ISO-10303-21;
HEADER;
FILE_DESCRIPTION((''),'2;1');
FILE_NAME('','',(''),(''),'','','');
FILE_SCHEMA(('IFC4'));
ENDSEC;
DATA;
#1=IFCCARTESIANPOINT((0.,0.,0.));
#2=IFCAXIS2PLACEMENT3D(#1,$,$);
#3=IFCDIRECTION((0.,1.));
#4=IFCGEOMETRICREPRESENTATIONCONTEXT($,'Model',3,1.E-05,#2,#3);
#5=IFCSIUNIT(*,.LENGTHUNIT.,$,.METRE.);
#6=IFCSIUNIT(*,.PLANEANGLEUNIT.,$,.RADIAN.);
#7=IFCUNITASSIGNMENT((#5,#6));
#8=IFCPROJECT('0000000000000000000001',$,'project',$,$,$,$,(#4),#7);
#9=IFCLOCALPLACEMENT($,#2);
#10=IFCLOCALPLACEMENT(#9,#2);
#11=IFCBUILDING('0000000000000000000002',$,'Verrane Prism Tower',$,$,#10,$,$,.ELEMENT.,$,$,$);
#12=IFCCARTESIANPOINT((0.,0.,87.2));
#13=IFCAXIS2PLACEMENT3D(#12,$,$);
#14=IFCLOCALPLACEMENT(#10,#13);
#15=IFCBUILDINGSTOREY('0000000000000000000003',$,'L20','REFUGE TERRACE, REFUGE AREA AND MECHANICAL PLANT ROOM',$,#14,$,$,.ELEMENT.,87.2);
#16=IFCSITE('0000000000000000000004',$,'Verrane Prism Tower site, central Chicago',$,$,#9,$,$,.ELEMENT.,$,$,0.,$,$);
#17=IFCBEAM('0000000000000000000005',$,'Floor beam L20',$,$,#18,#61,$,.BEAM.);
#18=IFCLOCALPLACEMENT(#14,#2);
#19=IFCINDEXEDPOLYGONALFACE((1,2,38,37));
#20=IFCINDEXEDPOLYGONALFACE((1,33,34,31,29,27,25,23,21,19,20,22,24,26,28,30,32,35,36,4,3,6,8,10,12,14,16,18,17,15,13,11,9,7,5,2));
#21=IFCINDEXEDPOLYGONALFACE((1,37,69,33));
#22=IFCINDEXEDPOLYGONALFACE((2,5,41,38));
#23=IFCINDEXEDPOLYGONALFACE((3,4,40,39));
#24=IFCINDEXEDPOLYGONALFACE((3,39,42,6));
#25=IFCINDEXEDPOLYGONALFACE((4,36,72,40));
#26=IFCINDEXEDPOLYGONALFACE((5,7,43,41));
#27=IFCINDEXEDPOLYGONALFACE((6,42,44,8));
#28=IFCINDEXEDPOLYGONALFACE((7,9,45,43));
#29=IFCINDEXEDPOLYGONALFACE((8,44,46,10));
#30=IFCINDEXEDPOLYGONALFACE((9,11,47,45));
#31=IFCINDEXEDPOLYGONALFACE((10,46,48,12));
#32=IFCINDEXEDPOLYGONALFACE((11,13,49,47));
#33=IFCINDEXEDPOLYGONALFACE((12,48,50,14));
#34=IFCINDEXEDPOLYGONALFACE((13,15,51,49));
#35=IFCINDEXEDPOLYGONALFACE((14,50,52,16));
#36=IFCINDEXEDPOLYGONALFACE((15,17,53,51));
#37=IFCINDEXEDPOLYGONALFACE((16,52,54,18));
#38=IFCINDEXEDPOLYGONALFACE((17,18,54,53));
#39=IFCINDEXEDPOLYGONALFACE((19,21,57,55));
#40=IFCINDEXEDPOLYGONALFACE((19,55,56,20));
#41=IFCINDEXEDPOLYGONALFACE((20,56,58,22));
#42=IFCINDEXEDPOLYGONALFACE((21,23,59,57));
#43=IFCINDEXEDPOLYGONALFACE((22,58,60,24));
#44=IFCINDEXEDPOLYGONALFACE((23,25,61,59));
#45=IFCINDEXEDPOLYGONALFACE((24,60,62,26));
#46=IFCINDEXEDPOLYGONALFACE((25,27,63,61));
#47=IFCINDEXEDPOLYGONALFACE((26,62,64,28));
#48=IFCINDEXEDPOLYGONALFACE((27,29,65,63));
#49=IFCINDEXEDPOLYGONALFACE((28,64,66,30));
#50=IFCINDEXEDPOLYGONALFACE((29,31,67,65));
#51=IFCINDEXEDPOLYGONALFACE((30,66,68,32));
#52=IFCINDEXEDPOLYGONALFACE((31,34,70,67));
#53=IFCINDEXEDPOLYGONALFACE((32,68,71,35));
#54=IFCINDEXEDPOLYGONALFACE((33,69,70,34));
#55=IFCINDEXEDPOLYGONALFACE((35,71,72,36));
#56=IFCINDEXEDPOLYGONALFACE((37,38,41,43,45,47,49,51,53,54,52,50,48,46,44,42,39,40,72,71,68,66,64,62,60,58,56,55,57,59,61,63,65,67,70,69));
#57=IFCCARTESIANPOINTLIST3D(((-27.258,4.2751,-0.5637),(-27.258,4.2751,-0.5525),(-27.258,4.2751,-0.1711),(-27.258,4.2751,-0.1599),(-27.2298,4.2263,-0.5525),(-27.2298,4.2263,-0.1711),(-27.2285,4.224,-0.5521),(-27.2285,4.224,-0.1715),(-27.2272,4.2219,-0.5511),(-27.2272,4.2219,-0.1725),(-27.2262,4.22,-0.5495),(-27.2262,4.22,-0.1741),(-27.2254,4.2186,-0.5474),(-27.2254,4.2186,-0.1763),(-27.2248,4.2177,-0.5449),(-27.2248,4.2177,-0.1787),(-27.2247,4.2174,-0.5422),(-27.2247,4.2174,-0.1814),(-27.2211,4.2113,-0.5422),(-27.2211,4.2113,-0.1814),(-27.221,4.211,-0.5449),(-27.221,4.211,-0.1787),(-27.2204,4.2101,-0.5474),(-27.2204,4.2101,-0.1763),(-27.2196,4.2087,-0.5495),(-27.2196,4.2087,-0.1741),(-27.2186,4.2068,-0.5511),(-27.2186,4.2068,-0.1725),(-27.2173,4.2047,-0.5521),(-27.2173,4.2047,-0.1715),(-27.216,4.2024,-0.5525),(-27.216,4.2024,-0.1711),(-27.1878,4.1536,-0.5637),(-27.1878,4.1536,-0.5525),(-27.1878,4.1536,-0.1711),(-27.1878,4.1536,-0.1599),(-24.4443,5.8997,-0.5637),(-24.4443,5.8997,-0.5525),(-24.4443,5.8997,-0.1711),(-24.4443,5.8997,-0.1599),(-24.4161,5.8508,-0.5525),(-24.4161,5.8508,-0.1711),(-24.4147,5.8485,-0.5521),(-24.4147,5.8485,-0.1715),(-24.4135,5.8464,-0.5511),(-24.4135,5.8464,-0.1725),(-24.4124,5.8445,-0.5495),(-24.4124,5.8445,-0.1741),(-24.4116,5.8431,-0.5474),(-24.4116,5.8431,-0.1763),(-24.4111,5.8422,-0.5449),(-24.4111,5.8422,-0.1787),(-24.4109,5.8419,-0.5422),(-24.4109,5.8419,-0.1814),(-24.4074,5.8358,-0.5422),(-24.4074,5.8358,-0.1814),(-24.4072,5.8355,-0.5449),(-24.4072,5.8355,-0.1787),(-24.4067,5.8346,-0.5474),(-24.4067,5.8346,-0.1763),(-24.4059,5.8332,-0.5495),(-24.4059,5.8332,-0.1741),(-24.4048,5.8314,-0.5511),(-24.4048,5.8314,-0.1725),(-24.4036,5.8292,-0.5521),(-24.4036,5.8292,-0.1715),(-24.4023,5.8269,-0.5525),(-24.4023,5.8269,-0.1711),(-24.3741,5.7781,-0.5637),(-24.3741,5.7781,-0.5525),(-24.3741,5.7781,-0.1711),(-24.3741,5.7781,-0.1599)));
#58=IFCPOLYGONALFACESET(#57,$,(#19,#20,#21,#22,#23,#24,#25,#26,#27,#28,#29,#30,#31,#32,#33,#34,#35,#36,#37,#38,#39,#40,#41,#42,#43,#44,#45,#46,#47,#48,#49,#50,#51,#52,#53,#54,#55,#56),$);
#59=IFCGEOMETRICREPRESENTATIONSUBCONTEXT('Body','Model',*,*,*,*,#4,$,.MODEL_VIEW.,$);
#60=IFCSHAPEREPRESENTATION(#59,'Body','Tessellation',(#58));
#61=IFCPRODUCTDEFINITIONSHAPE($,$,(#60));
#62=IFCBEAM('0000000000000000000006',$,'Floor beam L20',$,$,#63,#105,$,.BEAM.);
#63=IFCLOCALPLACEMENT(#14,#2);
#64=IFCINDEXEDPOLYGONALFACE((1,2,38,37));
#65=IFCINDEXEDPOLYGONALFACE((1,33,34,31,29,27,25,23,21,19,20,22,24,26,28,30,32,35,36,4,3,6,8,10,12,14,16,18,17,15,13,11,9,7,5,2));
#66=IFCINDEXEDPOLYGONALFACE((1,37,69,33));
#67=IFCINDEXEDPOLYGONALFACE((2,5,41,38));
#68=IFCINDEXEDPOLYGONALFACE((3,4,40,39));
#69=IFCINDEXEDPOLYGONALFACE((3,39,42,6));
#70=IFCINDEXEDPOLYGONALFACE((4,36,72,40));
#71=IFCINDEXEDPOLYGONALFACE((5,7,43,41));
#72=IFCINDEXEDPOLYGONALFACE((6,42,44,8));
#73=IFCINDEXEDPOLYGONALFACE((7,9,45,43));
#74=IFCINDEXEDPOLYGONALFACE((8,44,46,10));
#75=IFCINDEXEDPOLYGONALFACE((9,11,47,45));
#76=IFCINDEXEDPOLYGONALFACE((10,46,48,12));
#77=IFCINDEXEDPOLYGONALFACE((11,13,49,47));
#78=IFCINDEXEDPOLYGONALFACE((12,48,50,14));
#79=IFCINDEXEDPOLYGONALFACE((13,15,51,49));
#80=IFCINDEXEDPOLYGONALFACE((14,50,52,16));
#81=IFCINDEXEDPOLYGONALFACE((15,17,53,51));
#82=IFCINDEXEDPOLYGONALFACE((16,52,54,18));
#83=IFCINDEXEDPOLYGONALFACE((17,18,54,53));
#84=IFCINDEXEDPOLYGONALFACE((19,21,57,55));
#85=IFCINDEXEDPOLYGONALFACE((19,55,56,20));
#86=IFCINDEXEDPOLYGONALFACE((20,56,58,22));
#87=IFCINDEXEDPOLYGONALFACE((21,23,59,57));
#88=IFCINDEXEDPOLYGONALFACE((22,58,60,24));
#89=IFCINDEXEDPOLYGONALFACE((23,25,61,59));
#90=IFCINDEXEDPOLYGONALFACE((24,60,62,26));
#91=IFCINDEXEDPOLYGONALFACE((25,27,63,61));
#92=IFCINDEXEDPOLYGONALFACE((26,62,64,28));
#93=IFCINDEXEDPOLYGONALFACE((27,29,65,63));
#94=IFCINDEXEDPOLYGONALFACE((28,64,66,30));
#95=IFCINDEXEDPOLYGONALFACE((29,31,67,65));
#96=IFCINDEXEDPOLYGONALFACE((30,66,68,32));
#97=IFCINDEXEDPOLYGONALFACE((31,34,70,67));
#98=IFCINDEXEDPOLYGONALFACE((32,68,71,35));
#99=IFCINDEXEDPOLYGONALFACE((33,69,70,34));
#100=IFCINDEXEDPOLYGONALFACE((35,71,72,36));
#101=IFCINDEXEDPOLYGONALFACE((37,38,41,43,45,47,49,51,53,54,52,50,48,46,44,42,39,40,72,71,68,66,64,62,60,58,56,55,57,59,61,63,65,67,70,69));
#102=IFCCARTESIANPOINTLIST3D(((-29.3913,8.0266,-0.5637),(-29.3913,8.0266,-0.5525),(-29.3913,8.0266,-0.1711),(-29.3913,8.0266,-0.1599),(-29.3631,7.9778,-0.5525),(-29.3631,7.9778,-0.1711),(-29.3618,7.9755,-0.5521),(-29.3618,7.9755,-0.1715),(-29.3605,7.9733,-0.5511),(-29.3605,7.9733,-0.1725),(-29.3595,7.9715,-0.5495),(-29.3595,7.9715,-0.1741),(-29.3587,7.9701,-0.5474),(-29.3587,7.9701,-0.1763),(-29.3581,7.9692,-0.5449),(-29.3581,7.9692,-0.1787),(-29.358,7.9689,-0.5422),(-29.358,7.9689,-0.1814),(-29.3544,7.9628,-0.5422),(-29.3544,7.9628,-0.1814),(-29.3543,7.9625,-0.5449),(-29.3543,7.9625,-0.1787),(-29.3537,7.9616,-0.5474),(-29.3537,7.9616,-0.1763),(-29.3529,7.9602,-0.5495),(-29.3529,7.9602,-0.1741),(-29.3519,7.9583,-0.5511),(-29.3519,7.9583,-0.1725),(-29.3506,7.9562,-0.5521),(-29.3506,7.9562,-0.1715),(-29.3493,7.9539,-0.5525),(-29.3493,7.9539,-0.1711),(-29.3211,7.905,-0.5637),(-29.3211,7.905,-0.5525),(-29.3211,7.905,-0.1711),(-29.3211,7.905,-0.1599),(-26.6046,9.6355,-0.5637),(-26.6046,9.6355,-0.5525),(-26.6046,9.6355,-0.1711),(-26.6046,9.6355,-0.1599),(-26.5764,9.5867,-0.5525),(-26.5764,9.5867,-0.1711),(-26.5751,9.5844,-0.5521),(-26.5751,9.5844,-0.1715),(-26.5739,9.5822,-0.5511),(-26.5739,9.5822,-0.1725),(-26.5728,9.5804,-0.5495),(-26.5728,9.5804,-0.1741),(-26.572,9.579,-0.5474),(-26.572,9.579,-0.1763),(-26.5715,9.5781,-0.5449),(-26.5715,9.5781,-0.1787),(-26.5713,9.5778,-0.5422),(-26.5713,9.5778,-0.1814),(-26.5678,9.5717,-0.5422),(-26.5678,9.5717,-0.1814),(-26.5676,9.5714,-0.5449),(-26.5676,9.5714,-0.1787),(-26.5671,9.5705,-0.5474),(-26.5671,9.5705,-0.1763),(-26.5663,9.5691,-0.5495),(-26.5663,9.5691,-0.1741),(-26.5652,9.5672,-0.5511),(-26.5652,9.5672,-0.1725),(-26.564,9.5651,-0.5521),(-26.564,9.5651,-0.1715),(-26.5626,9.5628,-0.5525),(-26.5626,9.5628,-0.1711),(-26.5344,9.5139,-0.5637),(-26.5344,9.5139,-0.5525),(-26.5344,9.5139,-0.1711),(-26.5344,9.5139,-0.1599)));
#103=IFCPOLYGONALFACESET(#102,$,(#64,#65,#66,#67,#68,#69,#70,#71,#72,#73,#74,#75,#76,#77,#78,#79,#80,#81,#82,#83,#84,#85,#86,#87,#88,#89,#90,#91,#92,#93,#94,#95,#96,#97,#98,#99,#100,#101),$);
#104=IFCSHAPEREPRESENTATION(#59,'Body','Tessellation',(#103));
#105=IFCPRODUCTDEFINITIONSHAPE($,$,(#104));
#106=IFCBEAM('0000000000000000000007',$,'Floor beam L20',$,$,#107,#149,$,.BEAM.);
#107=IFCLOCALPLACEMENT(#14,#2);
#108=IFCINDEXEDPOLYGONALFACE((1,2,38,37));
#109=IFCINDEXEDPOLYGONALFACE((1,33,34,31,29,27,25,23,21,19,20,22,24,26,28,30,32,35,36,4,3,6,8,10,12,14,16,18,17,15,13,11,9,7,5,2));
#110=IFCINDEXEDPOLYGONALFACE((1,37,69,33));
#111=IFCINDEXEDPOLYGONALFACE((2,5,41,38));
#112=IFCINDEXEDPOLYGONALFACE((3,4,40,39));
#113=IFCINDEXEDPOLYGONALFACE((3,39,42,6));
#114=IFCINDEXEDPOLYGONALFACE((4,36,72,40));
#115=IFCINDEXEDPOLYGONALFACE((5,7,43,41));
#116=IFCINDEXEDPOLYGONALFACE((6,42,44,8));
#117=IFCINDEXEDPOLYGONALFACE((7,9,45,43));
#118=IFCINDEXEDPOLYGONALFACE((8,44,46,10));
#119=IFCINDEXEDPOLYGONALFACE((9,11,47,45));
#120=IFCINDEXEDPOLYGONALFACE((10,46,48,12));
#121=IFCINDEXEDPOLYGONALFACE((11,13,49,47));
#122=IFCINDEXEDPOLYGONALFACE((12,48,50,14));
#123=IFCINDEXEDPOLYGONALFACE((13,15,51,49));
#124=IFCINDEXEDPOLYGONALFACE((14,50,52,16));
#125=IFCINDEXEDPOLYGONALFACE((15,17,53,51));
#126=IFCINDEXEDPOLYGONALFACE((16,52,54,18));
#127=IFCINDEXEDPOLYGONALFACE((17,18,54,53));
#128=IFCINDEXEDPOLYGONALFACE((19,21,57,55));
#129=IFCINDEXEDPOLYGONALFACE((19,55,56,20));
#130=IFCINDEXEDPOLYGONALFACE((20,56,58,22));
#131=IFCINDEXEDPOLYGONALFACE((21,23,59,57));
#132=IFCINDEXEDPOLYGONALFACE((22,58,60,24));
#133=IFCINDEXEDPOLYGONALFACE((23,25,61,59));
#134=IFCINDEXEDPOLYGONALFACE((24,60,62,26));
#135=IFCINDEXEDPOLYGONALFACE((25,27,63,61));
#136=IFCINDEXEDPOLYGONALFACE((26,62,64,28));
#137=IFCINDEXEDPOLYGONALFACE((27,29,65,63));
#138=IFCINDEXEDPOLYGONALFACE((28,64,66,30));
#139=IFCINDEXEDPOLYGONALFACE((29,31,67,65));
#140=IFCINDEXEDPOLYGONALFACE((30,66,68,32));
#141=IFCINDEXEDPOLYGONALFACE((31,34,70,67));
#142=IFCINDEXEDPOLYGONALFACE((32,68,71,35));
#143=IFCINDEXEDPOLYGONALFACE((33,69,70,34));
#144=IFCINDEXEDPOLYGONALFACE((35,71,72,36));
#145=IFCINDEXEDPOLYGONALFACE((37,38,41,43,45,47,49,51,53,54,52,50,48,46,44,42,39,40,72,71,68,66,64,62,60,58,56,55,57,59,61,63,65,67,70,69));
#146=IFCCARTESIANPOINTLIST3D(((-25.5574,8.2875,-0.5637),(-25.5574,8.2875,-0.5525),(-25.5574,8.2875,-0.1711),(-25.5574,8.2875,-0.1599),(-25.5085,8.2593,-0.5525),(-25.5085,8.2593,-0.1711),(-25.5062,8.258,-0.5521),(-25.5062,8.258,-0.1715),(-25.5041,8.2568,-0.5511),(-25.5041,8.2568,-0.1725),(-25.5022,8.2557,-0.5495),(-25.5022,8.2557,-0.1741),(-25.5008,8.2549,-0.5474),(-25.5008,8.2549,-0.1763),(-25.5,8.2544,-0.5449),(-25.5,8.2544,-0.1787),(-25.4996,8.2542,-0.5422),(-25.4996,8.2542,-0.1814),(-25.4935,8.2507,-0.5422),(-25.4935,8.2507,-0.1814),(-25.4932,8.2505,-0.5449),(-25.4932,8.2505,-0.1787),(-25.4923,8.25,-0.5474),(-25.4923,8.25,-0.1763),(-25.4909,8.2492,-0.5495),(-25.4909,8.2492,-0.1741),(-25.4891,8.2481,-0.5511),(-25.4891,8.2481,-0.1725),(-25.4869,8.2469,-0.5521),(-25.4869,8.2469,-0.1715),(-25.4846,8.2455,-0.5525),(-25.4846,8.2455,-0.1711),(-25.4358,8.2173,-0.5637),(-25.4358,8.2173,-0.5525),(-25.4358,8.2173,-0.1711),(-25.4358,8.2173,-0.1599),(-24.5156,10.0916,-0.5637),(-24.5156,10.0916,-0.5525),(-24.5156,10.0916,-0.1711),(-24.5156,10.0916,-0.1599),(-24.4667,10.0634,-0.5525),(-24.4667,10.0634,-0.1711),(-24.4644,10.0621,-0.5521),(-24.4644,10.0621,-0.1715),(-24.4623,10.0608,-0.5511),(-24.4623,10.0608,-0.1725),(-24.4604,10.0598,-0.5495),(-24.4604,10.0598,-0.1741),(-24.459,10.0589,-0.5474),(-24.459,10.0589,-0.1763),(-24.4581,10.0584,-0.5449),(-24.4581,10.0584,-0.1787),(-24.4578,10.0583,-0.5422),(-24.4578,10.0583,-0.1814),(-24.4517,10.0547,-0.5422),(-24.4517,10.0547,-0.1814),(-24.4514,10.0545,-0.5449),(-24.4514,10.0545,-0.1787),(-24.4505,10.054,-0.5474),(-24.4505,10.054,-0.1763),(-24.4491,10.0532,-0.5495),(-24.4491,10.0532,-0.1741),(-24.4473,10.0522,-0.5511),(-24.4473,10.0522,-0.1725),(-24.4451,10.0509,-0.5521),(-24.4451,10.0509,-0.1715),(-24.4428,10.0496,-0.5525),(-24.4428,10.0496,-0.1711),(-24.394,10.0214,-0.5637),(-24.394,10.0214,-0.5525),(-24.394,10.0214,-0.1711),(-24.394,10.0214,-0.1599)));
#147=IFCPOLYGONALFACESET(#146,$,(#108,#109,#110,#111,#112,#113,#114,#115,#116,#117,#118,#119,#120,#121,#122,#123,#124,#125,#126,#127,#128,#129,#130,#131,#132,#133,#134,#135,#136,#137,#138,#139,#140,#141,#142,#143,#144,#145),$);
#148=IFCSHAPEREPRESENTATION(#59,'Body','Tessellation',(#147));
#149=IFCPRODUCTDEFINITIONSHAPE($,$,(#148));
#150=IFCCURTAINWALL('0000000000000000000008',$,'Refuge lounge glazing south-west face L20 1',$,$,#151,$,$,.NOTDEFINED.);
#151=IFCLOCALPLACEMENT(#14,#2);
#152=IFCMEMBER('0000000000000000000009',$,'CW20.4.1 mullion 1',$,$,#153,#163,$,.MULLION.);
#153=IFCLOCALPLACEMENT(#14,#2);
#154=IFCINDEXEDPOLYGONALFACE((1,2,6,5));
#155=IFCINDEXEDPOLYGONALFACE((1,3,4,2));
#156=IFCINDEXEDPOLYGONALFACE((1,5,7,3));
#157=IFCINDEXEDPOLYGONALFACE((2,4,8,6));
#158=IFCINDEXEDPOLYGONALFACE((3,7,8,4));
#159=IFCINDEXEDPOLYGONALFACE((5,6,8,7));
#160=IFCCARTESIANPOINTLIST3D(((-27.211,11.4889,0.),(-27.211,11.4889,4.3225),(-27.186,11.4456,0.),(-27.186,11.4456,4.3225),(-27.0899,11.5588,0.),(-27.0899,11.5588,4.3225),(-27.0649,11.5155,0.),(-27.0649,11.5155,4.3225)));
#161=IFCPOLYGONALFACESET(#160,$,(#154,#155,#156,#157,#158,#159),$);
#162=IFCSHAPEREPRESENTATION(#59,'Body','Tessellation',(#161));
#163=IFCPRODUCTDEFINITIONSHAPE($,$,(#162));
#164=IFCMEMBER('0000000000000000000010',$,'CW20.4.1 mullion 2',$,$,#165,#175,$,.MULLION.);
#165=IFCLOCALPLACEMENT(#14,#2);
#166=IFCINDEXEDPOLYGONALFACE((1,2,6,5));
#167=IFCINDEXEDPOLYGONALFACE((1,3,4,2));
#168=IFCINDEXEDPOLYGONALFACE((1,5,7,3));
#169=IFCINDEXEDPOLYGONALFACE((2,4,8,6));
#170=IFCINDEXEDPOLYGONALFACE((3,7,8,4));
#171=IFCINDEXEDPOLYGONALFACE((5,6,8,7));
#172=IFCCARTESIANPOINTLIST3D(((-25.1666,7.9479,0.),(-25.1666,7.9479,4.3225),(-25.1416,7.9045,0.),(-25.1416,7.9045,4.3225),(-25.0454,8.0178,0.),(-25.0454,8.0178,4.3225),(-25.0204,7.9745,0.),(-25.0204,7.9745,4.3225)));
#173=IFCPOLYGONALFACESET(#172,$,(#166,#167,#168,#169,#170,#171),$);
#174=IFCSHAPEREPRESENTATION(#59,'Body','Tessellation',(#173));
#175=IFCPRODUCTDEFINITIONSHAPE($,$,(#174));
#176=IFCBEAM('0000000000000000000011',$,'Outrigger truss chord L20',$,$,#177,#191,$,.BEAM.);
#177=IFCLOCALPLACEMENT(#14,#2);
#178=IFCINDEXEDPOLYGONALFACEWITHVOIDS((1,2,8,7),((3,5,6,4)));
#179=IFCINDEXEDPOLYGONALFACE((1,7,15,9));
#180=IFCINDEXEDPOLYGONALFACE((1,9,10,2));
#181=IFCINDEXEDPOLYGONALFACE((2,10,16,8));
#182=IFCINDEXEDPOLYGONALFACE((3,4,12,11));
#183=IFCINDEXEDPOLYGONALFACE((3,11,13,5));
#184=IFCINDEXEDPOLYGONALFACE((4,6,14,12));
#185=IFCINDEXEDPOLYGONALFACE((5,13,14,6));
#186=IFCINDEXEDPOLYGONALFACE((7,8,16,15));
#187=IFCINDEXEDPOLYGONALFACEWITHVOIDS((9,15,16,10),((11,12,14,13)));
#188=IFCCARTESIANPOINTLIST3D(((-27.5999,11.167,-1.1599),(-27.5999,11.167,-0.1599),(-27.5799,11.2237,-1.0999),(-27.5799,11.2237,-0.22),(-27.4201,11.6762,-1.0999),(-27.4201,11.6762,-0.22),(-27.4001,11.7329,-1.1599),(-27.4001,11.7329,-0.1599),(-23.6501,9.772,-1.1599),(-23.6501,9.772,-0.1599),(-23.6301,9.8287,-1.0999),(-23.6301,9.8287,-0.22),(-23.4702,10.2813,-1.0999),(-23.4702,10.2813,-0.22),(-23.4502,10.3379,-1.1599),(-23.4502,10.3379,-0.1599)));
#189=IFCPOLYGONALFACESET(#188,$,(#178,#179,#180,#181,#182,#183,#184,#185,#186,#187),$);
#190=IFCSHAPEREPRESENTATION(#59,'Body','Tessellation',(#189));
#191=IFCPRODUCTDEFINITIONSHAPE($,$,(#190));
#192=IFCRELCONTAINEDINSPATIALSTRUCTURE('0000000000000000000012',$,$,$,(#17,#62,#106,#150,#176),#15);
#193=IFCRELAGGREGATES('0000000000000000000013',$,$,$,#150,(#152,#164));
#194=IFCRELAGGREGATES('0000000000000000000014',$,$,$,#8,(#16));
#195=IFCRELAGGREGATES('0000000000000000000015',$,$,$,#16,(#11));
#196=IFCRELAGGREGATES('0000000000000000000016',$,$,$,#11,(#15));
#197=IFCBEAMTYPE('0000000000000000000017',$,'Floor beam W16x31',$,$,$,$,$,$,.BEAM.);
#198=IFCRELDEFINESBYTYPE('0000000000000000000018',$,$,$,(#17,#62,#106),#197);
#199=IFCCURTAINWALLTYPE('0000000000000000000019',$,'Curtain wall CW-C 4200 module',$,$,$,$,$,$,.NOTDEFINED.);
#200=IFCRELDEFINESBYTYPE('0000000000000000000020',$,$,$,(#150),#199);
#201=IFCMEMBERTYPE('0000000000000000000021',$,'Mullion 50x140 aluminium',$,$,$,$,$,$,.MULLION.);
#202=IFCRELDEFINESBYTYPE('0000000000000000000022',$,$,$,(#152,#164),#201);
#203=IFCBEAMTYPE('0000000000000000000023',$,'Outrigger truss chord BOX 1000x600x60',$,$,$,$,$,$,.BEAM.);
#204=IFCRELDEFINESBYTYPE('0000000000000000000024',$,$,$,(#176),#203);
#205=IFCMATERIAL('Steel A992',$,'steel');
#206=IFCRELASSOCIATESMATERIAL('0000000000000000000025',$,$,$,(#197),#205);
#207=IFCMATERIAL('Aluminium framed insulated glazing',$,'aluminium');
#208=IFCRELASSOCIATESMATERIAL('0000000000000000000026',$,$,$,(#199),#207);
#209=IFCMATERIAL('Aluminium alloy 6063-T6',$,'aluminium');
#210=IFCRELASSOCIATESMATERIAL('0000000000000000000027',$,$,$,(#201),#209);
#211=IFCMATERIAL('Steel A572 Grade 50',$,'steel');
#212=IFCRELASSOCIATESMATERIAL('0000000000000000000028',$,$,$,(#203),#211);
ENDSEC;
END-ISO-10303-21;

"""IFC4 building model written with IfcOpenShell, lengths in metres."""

from ifc_helpers import new_model, si_unit, direction, frame, origin, origin_2d, place, context, subcontext, project, spatial, rectangle, hollow_rectangle, i_section, extrude, material, material_profile, profile_set, type_object, element, aggregate, save


model = new_model("IFC4")

# Units and contexts
model_context = context("Model", 3, precision=1e-05, world=origin(), true_north=direction((0.0, 1.0)))
body_context = subcontext(model_context, "Body", "Model", "MODEL_VIEW")
ifc_project = project(units=[si_unit("LENGTHUNIT", "METRE"), si_unit("PLANEANGLEUNIT", "RADIAN")], contexts=[model_context])

# Site, building, storey
site_placement = place(None, origin())
site = spatial("IfcSite", under=ifc_project, at=site_placement, Name="Verrane Prism Tower site, central Chicago", CompositionType="ELEMENT", RefElevation=0.0)
building_placement = place(site_placement, origin())
building = spatial("IfcBuilding", under=site, at=building_placement, Name="Verrane Prism Tower", CompositionType="ELEMENT")
storey_placement = place(building_placement, frame((0.0, 0.0, 87.2)))
storey = spatial("IfcBuildingStorey", under=building, at=storey_placement, Name="L20", Description="REFUGE TERRACE, REFUGE AREA AND MECHANICAL PLANT ROOM", CompositionType="ELEMENT", Elevation=87.2)

# Beams
ifc_material_1 = material(Name="Steel A992", Category="steel")
ifc_material_profile_1 = material_profile(ifc_material_1, i_section(OverallWidth=0.1404, OverallDepth=0.4038, WebThickness=0.0071, FlangeThickness=0.0112, FilletRadius=0.0103, at=origin_2d()), Name="W16x31")
ifc_profile_set_1 = profile_set([ifc_material_profile_1], Name="Steel A992")
beam_type_1 = type_object("IfcBeamType", Name="Floor beam W16x31", PredefinedType="BEAM", material=ifc_profile_set_1)
beam_1_placement = place(storey_placement, frame((-27.2229, 4.2144, -0.3618), z_axis=(0.866024, 0.500002, 0.0), x_axis=(-0.500002, 0.866024, 0.0)))
element("IfcBeam", 1, at=beam_1_placement, inside=storey, type_object=beam_type_1, Name="Floor beam L20", PredefinedType="BEAM", context=body_context, shape_type="SweptSolid", body=[
    extrude(i_section(OverallWidth=0.1404, OverallDepth=0.4038, WebThickness=0.0071, FlangeThickness=0.0112, FilletRadius=0.0103, at=origin_2d()), origin(), (0.0, 0.0, 1.0), 3.249),
])
beam_2_placement = place(storey_placement, frame((-29.3562, 7.9658, -0.3618), z_axis=(0.866021, 0.500007, 0.0), x_axis=(-0.500007, 0.866021, 0.0)))
element("IfcBeam", 2, at=beam_2_placement, inside=storey, type_object=beam_type_1, Name="Floor beam L20", PredefinedType="BEAM", context=body_context, shape_type="SweptSolid", body=[
    extrude(i_section(OverallWidth=0.1404, OverallDepth=0.4038, WebThickness=0.0071, FlangeThickness=0.0112, FilletRadius=0.0103, at=origin_2d()), origin(), (0.0, 0.0, 1.0), 3.2178),
])
beam_3_placement = place(storey_placement, frame((-25.4966, 8.2524, -0.3618), z_axis=(0.500084, 0.865977, 0.0), x_axis=(-0.865977, 0.500084, 0.0)))
element("IfcBeam", 3, at=beam_3_placement, inside=storey, type_object=beam_type_1, Name="Floor beam L20", PredefinedType="BEAM", context=body_context, shape_type="SweptSolid", body=[
    extrude(i_section(OverallWidth=0.1404, OverallDepth=0.4038, WebThickness=0.0071, FlangeThickness=0.0112, FilletRadius=0.0103, at=origin_2d()), origin(), (0.0, 0.0, 1.0), 2.0833),
])

# Curtain wall, members
ifc_material_2 = material(Name="Aluminium framed insulated glazing", Category="aluminium")
curtain_wall_type = type_object("IfcCurtainWallType", Name="Curtain wall CW-C 4200 module", PredefinedType="NOTDEFINED", material=ifc_material_2)
curtain_wall_placement = place(storey_placement, origin())
curtain_wall = element("IfcCurtainWall", 4, at=curtain_wall_placement, inside=storey, type_object=curtain_wall_type, Name="Refuge lounge glazing south-west face L20 1", PredefinedType="NOTDEFINED")
ifc_material_3 = material(Name="Aluminium alloy 6063-T6", Category="aluminium")
ifc_material_profile_2 = material_profile(ifc_material_3, rectangle(XDim=0.1399, YDim=0.05, at=origin_2d()), Name="Mullion 50x140 aluminium")
ifc_profile_set_2 = profile_set([ifc_material_profile_2], Name="Aluminium alloy 6063-T6")
member_type_1 = type_object("IfcMemberType", Name="Mullion 50x140 aluminium", PredefinedType="MULLION", material=ifc_profile_set_2)
member_1_placement = place(storey_placement, frame((-27.1379, 11.5022, 0.0), z_axis=(0.0, 0.0, 1.0), x_axis=(0.866024, 0.500002, 0.0)))
member_1 = element("IfcMember", 5, at=member_1_placement, type_object=member_type_1, Name="CW20.4.1 mullion 1", PredefinedType="MULLION", context=body_context, shape_type="SweptSolid", body=[
    extrude(rectangle(XDim=0.1399, YDim=0.05, at=origin_2d()), origin(), (0.0, 0.0, 1.0), 4.3225),
])
member_2_placement = place(storey_placement, frame((-25.0935, 7.9612, 0.0), z_axis=(0.0, 0.0, 1.0), x_axis=(0.866024, 0.500002, 0.0)))
member_2 = element("IfcMember", 6, at=member_2_placement, type_object=member_type_1, Name="CW20.4.1 mullion 2", PredefinedType="MULLION", context=body_context, shape_type="SweptSolid", body=[
    extrude(rectangle(XDim=0.1399, YDim=0.05, at=origin_2d()), origin(), (0.0, 0.0, 1.0), 4.3225),
])

# Beam
ifc_material_4 = material(Name="Steel A572 Grade 50", Category="steel")
ifc_material_profile_3 = material_profile(ifc_material_4, hollow_rectangle(XDim=0.6001, YDim=1.0, WallThickness=0.0601, at=origin_2d()), Name="BOX 1000x600x60")
ifc_profile_set_3 = profile_set([ifc_material_profile_3], Name="Steel A572 Grade 50")
beam_type_2 = type_object("IfcBeamType", Name="Outrigger truss chord BOX 1000x600x60", PredefinedType="BEAM", material=ifc_profile_set_3)
beam_4_placement = place(storey_placement, frame((-27.5, 11.45, -0.6599), z_axis=(0.942921, -0.333015, 0.0), x_axis=(0.333015, 0.942921, 0.0)))
element("IfcBeam", 7, at=beam_4_placement, inside=storey, type_object=beam_type_2, Name="Outrigger truss chord L20", PredefinedType="BEAM", context=body_context, shape_type="SweptSolid", body=[
    extrude(hollow_rectangle(XDim=0.6001, YDim=1.0, WallThickness=0.0601, at=origin_2d()), origin(), (0.0, 0.0, 1.0), 4.189),
])

aggregate(curtain_wall, [member_1, member_2])

save(model, "model.ifc")
